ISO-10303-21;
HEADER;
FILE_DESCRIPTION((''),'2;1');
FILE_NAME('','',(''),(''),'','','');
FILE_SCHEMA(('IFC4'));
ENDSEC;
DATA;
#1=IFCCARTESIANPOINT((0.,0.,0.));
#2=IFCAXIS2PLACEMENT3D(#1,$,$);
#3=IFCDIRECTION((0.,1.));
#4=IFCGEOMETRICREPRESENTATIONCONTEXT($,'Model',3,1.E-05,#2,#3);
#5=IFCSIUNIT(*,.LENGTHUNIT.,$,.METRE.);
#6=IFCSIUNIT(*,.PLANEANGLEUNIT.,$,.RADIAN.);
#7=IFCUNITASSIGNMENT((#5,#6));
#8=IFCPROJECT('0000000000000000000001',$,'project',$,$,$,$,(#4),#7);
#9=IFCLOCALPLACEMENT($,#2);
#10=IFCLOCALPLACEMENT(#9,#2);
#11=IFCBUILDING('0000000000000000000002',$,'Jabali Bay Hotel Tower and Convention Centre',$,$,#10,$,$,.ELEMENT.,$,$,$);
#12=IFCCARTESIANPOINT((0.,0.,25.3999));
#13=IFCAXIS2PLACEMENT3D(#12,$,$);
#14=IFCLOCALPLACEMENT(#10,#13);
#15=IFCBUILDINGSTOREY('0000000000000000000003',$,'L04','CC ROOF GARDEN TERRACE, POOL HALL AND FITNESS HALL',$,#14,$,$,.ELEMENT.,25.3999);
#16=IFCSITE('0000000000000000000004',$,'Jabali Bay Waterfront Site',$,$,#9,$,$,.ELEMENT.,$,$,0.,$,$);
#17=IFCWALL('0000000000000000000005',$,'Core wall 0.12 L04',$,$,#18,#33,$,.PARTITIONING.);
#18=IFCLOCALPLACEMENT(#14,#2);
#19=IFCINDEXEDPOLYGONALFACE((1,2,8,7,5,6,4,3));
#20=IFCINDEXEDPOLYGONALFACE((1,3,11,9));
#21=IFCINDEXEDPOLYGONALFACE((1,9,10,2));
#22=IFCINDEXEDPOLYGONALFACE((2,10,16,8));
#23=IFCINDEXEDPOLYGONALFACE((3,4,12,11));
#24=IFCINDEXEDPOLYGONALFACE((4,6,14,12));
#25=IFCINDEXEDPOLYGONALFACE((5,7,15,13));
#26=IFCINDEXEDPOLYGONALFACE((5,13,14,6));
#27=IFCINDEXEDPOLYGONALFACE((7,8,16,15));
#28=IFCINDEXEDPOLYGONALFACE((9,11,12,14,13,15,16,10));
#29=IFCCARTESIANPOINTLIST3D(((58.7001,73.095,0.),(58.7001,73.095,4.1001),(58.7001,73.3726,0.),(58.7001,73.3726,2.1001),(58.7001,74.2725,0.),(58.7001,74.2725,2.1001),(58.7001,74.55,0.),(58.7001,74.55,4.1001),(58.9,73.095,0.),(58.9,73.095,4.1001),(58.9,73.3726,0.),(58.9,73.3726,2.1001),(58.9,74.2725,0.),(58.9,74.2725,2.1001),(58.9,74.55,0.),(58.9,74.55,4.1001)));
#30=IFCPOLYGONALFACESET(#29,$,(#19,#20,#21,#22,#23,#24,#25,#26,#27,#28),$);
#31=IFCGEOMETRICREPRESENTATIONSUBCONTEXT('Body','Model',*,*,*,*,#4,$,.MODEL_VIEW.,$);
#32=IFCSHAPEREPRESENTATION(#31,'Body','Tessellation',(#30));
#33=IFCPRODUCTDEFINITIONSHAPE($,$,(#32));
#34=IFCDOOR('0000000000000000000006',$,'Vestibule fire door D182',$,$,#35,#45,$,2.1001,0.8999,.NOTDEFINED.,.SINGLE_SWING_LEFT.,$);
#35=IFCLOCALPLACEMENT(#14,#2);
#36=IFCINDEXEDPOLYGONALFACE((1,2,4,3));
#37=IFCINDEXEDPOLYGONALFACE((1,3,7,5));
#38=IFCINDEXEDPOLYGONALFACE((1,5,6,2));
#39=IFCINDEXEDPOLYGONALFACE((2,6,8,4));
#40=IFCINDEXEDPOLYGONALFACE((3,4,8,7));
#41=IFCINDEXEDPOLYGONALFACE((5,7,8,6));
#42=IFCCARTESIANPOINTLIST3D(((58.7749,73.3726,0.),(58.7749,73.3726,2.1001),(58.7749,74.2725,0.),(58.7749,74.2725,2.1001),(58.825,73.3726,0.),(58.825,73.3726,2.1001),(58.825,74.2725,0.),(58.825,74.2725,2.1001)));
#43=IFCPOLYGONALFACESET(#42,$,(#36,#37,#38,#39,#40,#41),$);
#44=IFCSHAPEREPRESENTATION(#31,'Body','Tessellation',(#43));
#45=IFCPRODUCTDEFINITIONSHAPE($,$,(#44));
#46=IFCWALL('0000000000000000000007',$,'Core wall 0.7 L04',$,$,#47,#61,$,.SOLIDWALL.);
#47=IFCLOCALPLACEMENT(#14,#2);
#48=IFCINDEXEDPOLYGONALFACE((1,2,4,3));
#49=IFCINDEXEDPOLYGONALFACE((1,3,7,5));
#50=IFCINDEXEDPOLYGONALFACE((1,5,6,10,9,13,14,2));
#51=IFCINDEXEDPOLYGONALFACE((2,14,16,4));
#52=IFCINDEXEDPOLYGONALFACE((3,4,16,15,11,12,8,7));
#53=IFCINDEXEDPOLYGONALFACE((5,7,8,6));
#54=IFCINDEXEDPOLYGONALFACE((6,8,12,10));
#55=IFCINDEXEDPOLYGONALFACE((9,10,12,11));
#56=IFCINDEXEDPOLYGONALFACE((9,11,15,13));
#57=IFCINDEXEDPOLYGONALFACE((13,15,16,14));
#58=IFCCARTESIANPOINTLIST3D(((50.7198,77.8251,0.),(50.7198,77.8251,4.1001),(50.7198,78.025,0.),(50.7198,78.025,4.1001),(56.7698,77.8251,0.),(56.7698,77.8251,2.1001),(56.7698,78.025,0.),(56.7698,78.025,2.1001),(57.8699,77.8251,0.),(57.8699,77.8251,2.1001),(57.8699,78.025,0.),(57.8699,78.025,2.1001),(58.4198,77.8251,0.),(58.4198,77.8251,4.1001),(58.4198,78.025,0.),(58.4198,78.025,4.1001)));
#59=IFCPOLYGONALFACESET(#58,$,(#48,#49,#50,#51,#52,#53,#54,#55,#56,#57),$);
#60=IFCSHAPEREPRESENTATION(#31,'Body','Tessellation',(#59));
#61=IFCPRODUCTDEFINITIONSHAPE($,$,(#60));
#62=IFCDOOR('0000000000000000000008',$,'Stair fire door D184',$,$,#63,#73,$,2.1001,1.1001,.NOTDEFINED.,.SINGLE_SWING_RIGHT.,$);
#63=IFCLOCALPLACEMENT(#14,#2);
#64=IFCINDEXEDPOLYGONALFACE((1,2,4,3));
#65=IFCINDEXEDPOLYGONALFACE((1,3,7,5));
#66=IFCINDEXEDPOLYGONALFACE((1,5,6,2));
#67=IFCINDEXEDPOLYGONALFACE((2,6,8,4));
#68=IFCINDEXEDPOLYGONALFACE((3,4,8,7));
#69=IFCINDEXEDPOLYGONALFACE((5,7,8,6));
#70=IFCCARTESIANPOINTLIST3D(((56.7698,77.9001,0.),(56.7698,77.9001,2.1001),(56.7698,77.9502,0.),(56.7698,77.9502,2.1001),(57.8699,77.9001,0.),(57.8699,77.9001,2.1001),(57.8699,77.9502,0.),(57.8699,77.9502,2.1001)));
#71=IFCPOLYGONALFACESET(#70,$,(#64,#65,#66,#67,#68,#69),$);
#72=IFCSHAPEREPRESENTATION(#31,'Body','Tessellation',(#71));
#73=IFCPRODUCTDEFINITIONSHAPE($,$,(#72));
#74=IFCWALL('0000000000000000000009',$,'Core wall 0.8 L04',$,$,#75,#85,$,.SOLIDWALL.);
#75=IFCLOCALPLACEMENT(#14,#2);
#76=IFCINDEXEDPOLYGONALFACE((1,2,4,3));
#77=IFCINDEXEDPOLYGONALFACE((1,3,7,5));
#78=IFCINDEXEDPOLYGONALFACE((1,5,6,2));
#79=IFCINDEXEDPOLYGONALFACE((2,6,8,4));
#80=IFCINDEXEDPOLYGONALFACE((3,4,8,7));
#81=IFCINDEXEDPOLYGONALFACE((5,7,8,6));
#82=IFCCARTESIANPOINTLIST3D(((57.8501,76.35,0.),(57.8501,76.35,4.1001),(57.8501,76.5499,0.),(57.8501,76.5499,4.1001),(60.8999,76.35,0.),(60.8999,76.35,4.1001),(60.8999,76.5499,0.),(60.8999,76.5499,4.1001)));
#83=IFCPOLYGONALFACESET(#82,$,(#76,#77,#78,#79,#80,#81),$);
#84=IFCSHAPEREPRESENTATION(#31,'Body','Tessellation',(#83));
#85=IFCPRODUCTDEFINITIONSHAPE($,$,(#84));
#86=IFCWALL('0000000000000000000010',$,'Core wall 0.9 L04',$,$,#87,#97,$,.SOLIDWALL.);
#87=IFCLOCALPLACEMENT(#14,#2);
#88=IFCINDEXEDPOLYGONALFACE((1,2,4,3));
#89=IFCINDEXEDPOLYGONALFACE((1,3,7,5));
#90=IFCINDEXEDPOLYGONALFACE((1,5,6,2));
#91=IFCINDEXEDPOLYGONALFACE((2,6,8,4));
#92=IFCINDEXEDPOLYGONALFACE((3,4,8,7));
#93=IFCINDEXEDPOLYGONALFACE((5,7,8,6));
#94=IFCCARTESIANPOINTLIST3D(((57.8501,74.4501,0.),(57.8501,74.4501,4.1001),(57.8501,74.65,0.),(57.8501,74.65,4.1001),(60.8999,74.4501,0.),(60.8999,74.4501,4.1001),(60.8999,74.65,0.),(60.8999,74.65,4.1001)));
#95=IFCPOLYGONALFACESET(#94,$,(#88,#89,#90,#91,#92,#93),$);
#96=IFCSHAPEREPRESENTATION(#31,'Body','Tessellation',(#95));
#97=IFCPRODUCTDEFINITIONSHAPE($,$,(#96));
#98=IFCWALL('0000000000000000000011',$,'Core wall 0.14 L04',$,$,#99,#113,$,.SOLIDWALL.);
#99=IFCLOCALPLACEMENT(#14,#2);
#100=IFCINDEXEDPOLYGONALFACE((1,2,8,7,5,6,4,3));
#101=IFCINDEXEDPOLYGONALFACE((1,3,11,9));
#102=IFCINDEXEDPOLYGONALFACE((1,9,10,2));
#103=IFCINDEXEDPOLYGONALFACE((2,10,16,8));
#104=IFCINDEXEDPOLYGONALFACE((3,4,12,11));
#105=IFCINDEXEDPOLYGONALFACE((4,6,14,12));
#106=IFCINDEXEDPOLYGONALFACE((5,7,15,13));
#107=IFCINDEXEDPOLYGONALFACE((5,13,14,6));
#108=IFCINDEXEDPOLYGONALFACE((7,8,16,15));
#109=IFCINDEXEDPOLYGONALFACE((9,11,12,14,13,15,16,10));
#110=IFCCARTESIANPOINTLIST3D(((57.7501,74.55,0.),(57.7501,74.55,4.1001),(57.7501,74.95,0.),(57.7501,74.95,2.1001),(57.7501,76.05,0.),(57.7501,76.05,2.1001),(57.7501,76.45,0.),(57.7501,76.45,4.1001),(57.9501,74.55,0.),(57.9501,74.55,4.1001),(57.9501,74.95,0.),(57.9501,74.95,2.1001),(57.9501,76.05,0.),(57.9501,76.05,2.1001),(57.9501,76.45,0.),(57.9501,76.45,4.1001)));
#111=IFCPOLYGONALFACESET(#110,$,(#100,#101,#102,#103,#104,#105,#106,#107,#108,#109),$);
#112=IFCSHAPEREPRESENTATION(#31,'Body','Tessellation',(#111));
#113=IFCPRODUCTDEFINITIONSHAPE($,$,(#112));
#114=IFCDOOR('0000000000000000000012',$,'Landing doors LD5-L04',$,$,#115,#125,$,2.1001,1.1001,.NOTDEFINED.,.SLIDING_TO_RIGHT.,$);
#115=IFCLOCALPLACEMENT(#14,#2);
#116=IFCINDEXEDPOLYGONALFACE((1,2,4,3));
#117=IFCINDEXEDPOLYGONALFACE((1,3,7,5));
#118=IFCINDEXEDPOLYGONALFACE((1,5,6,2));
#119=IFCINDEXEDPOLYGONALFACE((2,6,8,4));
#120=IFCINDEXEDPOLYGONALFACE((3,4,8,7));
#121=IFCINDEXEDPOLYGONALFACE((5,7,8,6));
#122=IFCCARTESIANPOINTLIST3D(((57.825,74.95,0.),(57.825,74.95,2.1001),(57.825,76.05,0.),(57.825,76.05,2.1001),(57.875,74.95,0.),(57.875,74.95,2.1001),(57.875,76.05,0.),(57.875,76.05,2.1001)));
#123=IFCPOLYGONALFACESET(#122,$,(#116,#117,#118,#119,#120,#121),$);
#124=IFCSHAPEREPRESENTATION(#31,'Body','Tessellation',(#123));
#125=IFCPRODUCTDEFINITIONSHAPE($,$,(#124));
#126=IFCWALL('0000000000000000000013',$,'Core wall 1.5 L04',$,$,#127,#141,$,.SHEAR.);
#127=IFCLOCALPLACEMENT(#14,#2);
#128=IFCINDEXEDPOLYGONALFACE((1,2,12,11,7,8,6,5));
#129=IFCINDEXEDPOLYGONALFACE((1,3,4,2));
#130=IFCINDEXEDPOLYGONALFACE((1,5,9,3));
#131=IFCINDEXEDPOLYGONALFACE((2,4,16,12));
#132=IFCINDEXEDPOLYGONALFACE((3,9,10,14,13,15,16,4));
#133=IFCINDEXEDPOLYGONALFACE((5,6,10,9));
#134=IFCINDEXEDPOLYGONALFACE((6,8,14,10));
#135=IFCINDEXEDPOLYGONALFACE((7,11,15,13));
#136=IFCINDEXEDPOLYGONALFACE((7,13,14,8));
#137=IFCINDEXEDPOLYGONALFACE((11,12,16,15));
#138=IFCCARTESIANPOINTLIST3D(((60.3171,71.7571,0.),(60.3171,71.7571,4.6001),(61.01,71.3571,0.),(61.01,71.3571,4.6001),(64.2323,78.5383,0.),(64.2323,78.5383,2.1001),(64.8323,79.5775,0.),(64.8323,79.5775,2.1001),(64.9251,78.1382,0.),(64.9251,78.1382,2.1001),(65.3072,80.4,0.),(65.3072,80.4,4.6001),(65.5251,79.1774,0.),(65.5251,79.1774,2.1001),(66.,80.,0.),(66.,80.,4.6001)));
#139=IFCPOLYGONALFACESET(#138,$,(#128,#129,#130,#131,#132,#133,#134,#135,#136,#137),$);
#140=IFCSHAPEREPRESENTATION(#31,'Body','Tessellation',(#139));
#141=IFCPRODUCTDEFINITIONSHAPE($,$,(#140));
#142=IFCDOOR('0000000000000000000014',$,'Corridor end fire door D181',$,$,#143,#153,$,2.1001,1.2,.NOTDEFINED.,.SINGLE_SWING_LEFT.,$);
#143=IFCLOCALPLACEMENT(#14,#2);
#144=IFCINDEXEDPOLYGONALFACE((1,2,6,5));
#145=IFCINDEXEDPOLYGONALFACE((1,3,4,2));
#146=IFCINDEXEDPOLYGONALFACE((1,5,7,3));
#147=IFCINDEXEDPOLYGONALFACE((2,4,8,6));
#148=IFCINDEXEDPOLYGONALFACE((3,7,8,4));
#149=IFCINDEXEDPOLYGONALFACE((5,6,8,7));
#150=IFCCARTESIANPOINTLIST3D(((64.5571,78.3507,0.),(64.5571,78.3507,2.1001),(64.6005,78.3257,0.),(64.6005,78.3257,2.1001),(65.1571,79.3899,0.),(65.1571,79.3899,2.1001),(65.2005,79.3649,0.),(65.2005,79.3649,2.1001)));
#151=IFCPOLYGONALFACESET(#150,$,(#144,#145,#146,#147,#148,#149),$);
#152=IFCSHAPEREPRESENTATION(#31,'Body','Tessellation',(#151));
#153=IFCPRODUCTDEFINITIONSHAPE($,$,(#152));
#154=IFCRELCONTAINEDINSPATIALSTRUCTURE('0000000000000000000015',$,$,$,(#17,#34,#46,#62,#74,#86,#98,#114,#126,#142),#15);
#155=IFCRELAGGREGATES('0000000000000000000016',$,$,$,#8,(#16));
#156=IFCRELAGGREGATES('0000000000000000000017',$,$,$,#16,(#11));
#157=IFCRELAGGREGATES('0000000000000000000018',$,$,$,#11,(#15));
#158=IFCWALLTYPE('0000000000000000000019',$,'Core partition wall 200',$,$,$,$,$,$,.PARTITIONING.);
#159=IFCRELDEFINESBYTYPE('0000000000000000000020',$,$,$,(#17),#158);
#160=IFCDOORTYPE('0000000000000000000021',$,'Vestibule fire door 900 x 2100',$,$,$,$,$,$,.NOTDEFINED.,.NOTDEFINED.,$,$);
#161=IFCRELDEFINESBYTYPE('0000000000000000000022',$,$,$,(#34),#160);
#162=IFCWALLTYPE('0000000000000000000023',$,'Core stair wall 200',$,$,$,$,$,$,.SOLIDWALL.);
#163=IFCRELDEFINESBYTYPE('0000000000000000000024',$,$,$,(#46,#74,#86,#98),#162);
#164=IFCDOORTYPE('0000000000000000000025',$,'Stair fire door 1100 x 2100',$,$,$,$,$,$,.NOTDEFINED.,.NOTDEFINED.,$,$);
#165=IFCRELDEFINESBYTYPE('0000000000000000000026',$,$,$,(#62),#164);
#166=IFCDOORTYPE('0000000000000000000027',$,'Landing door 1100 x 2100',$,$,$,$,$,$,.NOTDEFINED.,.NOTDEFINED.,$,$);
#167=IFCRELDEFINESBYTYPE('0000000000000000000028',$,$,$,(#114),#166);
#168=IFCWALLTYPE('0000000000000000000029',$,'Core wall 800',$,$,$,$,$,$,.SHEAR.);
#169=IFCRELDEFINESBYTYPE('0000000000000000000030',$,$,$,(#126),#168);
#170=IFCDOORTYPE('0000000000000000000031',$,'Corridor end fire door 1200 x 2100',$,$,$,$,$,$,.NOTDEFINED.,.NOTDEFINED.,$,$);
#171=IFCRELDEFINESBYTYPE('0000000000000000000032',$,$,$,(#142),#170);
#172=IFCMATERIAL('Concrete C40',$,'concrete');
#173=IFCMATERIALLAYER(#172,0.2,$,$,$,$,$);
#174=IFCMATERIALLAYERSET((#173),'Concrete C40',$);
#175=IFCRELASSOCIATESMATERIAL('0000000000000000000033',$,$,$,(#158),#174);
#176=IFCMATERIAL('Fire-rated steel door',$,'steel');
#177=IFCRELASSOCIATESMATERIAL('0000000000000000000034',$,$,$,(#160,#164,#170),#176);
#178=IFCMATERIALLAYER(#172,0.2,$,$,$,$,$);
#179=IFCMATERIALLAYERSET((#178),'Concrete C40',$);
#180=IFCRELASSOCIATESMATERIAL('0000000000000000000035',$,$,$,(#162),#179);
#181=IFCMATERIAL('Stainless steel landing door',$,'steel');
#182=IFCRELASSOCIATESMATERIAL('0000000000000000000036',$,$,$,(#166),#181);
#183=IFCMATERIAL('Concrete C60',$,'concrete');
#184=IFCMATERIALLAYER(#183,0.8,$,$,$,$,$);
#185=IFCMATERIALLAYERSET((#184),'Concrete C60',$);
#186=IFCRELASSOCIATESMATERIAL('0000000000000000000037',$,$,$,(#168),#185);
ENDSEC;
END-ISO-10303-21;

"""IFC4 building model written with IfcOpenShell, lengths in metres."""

from ifc_helpers import new_model, si_unit, direction, frame, frame_2d, origin, place, context, subcontext, project, spatial, rectangle, extrude, material, layer, layer_set, type_object, element, fill, save


model = new_model("IFC4")

# Units and contexts
model_context = context("Model", 3, precision=1e-05, world=origin(), true_north=direction((0.0, 1.0)))
body_context = subcontext(model_context, "Body", "Model", "MODEL_VIEW")
ifc_project = project(units=[si_unit("LENGTHUNIT", "METRE"), si_unit("PLANEANGLEUNIT", "RADIAN")], contexts=[model_context])

# Site, building, storey
site_placement = place(None, origin())
site = spatial("IfcSite", under=ifc_project, at=site_placement, Name="Jabali Bay Waterfront Site", CompositionType="ELEMENT", RefElevation=0.0)
building_placement = place(site_placement, origin())
building = spatial("IfcBuilding", under=site, at=building_placement, Name="Jabali Bay Hotel Tower and Convention Centre", CompositionType="ELEMENT")
storey_placement = place(building_placement, frame((0.0, 0.0, 25.3999)))
storey = spatial("IfcBuildingStorey", under=building, at=storey_placement, Name="L04", Description="CC ROOF GARDEN TERRACE, POOL HALL AND FITNESS HALL", CompositionType="ELEMENT", Elevation=25.3999)

# Walls, openings, doors
ifc_material_1 = material(Name="Concrete C40", Category="concrete")
ifc_layer_1 = layer(ifc_material_1, 0.2)
ifc_layer_set_1 = layer_set([ifc_layer_1], Name="Concrete C40")
wall_type_1 = type_object("IfcWallType", Name="Core partition wall 200", PredefinedType="PARTITIONING", material=ifc_layer_set_1)
wall_1_placement = place(storey_placement, frame((58.8, 74.55, 0.0), z_axis=(0.0, 0.0, 1.0), x_axis=(0.0, -1.0, 0.0)))
wall_1 = element("IfcWall", 1, at=wall_1_placement, inside=storey, type_object=wall_type_1, Name="Core wall 0.12 L04", PredefinedType="PARTITIONING", context=body_context, shape_type="SweptSolid", body=[
    extrude(rectangle(XDim=1.4551, YDim=0.2, at=frame_2d((0.7275, 0.0))), origin(), (0.0, 0.0, 1.0), 4.1001),
])
opening_1_placement = place(wall_1_placement, frame((0.2776, 0.0, 0.0)))
opening_1 = element("IfcOpeningElement", 2, at=opening_1_placement, cuts=wall_1, PredefinedType="OPENING", context=body_context, shape_type="SweptSolid", body=[
    extrude(rectangle(XDim=0.8999, YDim=2.1001, at=frame_2d((0.45, 1.05))), frame((0.0, 0.1104, 0.0), z_axis=(0.0, -1.0, 0.0), x_axis=(1.0, 0.0, 0.0)), (0.0, 0.0, 1.0), 0.2209),
])
ifc_material_2 = material(Name="Fire-rated steel door", Category="steel")
door_type_1 = type_object("IfcDoorType", Name="Vestibule fire door 900 x 2100", OperationType="NOTDEFINED", PredefinedType="NOTDEFINED", material=ifc_material_2)
door_1_placement = place(opening_1_placement, origin())
door_1 = element("IfcDoor", 3, at=door_1_placement, inside=storey, type_object=door_type_1, Name="Vestibule fire door D182", OperationType="SINGLE_SWING_LEFT", OverallHeight=2.1001, OverallWidth=0.8999, PredefinedType="NOTDEFINED", context=body_context, shape_type="SweptSolid", body=[
    extrude(rectangle(XDim=0.8999, YDim=2.1001, at=frame_2d((0.45, 1.05))), frame((0.0, 0.0249, 0.0), z_axis=(0.0, -1.0, 0.0), x_axis=(1.0, 0.0, 0.0)), (0.0, 0.0, 1.0), 0.05),
])
fill(opening_1, door_1)
ifc_layer_2 = layer(ifc_material_1, 0.2)
ifc_layer_set_2 = layer_set([ifc_layer_2], Name="Concrete C40")
wall_type_2 = type_object("IfcWallType", Name="Core stair wall 200", PredefinedType="SOLIDWALL", material=ifc_layer_set_2)
wall_2_placement = place(storey_placement, frame((58.4199, 77.925, 0.0), z_axis=(0.0, 0.0, 1.0), x_axis=(-1.0, 0.0, 0.0)))
wall_2 = element("IfcWall", 4, at=wall_2_placement, inside=storey, type_object=wall_type_2, Name="Core wall 0.7 L04", PredefinedType="SOLIDWALL", context=body_context, shape_type="SweptSolid", body=[
    extrude(rectangle(XDim=7.7, YDim=0.2, at=frame_2d((3.8501, 0.0))), origin(), (0.0, 0.0, 1.0), 4.1001),
])
opening_2_placement = place(wall_2_placement, frame((0.55, 0.0, 0.0)))
opening_2 = element("IfcOpeningElement", 5, at=opening_2_placement, cuts=wall_2, PredefinedType="OPENING", context=body_context, shape_type="SweptSolid", body=[
    extrude(rectangle(XDim=1.1001, YDim=2.1001, at=frame_2d((0.55, 1.05))), frame((0.0, 0.1104, 0.0), z_axis=(0.0, -1.0, 0.0), x_axis=(1.0, 0.0, 0.0)), (0.0, 0.0, 1.0), 0.2209),
])
door_type_2 = type_object("IfcDoorType", Name="Stair fire door 1100 x 2100", OperationType="NOTDEFINED", PredefinedType="NOTDEFINED", material=ifc_material_2)
door_2_placement = place(opening_2_placement, origin())
door_2 = element("IfcDoor", 6, at=door_2_placement, inside=storey, type_object=door_type_2, Name="Stair fire door D184", OperationType="SINGLE_SWING_RIGHT", OverallHeight=2.1001, OverallWidth=1.1001, PredefinedType="NOTDEFINED", context=body_context, shape_type="SweptSolid", body=[
    extrude(rectangle(XDim=1.1001, YDim=2.1001, at=frame_2d((0.55, 1.05))), frame((0.0, 0.0249, 0.0), z_axis=(0.0, -1.0, 0.0), x_axis=(1.0, 0.0, 0.0)), (0.0, 0.0, 1.0), 0.05),
])
fill(opening_2, door_2)

# Walls
for number, where, z_axis, x_axis, name in (
    (7, (60.8999, 76.45, 0.0), (0.0, 0.0, 1.0), (-1.0, 0.0, 0.0), "Core wall 0.8 L04"),
    (8, (60.8999, 74.55, 0.0), (0.0, 0.0, 1.0), (-1.0, 0.0, 0.0), "Core wall 0.9 L04"),
):
    element("IfcWall", number, at=place(storey_placement, frame(where, z_axis=z_axis, x_axis=x_axis)), inside=storey, type_object=wall_type_2, Name=name, PredefinedType="SOLIDWALL", context=body_context, shape_type="SweptSolid", body=[
        extrude(rectangle(XDim=3.0498, YDim=0.2, at=frame_2d((1.5249, 0.0))), origin(), (0.0, 0.0, 1.0), 4.1001),
    ])

# Walls, openings, doors
wall_3_placement = place(storey_placement, frame((57.8501, 76.45, 0.0), z_axis=(0.0, 0.0, 1.0), x_axis=(0.0, -1.0, 0.0)))
wall_3 = element("IfcWall", 9, at=wall_3_placement, inside=storey, type_object=wall_type_2, Name="Core wall 0.14 L04", PredefinedType="SOLIDWALL", context=body_context, shape_type="SweptSolid", body=[
    extrude(rectangle(XDim=1.8999, YDim=0.2, at=frame_2d((0.95, 0.0))), origin(), (0.0, 0.0, 1.0), 4.1001),
])
opening_3_placement = place(wall_3_placement, frame((0.3999, 0.0, 0.0)))
opening_3 = element("IfcOpeningElement", 10, at=opening_3_placement, cuts=wall_3, PredefinedType="OPENING", context=body_context, shape_type="SweptSolid", body=[
    extrude(rectangle(XDim=1.1001, YDim=2.1001, at=frame_2d((0.55, 1.05))), frame((0.0, 0.1104, 0.0), z_axis=(0.0, -1.0, 0.0), x_axis=(1.0, 0.0, 0.0)), (0.0, 0.0, 1.0), 0.2209),
])
ifc_material_3 = material(Name="Stainless steel landing door", Category="steel")
door_type_3 = type_object("IfcDoorType", Name="Landing door 1100 x 2100", OperationType="NOTDEFINED", PredefinedType="NOTDEFINED", material=ifc_material_3)
door_3_placement = place(opening_3_placement, origin())
door_3 = element("IfcDoor", 11, at=door_3_placement, inside=storey, type_object=door_type_3, Name="Landing doors LD5-L04", OperationType="SLIDING_TO_RIGHT", OverallHeight=2.1001, OverallWidth=1.1001, PredefinedType="NOTDEFINED", context=body_context, shape_type="SweptSolid", body=[
    extrude(rectangle(XDim=1.1001, YDim=2.1001, at=frame_2d((0.55, 1.05))), frame((0.0, 0.0249, 0.0), z_axis=(0.0, -1.0, 0.0), x_axis=(1.0, 0.0, 0.0)), (0.0, 0.0, 1.0), 0.05),
])
fill(opening_3, door_3)
ifc_material_4 = material(Name="Concrete C60", Category="concrete")
ifc_layer_3 = layer(ifc_material_4, 0.8)
ifc_layer_set_3 = layer_set([ifc_layer_3], Name="Concrete C60")
wall_type_3 = type_object("IfcWallType", Name="Core wall 800", PredefinedType="SHEAR", material=ifc_layer_set_3)
wall_4_placement = place(storey_placement, frame((60.6636, 71.5571, 0.0), z_axis=(0.0, 0.0, 1.0), x_axis=(0.500004, 0.866023, 0.0)))
wall_4 = element("IfcWall", 12, at=wall_4_placement, inside=storey, type_object=wall_type_3, Name="Core wall 1.5 L04", PredefinedType="SHEAR", context=body_context, shape_type="SweptSolid", body=[
    extrude(rectangle(XDim=9.98, YDim=0.8, at=frame_2d((4.99, 0.0))), origin(), (0.0, 0.0, 1.0), 4.6001),
])
opening_4_placement = place(wall_4_placement, frame((7.8301, 0.0, 0.0)))
opening_4 = element("IfcOpeningElement", 13, at=opening_4_placement, cuts=wall_4, PredefinedType="OPENING", context=body_context, shape_type="SweptSolid", body=[
    extrude(rectangle(XDim=1.2, YDim=2.1001, at=frame_2d((0.6001, 1.05))), frame((0.0, 0.4106, 0.0), z_axis=(0.0, -1.0, 0.0), x_axis=(1.0, 0.0, 0.0)), (0.0, 0.0, 1.0), 0.821),
])
door_type_4 = type_object("IfcDoorType", Name="Corridor end fire door 1200 x 2100", OperationType="NOTDEFINED", PredefinedType="NOTDEFINED", material=ifc_material_2)
door_4_placement = place(opening_4_placement, origin())
door_4 = element("IfcDoor", 14, at=door_4_placement, inside=storey, type_object=door_type_4, Name="Corridor end fire door D181", OperationType="SINGLE_SWING_LEFT", OverallHeight=2.1001, OverallWidth=1.2, PredefinedType="NOTDEFINED", context=body_context, shape_type="SweptSolid", body=[
    extrude(rectangle(XDim=1.2, YDim=2.1001, at=frame_2d((0.6001, 1.05))), frame((0.0, 0.0249, 0.0), z_axis=(0.0, -1.0, 0.0), x_axis=(1.0, 0.0, 0.0)), (0.0, 0.0, 1.0), 0.05),
])
fill(opening_4, door_4)

save(model, "model.ifc")
